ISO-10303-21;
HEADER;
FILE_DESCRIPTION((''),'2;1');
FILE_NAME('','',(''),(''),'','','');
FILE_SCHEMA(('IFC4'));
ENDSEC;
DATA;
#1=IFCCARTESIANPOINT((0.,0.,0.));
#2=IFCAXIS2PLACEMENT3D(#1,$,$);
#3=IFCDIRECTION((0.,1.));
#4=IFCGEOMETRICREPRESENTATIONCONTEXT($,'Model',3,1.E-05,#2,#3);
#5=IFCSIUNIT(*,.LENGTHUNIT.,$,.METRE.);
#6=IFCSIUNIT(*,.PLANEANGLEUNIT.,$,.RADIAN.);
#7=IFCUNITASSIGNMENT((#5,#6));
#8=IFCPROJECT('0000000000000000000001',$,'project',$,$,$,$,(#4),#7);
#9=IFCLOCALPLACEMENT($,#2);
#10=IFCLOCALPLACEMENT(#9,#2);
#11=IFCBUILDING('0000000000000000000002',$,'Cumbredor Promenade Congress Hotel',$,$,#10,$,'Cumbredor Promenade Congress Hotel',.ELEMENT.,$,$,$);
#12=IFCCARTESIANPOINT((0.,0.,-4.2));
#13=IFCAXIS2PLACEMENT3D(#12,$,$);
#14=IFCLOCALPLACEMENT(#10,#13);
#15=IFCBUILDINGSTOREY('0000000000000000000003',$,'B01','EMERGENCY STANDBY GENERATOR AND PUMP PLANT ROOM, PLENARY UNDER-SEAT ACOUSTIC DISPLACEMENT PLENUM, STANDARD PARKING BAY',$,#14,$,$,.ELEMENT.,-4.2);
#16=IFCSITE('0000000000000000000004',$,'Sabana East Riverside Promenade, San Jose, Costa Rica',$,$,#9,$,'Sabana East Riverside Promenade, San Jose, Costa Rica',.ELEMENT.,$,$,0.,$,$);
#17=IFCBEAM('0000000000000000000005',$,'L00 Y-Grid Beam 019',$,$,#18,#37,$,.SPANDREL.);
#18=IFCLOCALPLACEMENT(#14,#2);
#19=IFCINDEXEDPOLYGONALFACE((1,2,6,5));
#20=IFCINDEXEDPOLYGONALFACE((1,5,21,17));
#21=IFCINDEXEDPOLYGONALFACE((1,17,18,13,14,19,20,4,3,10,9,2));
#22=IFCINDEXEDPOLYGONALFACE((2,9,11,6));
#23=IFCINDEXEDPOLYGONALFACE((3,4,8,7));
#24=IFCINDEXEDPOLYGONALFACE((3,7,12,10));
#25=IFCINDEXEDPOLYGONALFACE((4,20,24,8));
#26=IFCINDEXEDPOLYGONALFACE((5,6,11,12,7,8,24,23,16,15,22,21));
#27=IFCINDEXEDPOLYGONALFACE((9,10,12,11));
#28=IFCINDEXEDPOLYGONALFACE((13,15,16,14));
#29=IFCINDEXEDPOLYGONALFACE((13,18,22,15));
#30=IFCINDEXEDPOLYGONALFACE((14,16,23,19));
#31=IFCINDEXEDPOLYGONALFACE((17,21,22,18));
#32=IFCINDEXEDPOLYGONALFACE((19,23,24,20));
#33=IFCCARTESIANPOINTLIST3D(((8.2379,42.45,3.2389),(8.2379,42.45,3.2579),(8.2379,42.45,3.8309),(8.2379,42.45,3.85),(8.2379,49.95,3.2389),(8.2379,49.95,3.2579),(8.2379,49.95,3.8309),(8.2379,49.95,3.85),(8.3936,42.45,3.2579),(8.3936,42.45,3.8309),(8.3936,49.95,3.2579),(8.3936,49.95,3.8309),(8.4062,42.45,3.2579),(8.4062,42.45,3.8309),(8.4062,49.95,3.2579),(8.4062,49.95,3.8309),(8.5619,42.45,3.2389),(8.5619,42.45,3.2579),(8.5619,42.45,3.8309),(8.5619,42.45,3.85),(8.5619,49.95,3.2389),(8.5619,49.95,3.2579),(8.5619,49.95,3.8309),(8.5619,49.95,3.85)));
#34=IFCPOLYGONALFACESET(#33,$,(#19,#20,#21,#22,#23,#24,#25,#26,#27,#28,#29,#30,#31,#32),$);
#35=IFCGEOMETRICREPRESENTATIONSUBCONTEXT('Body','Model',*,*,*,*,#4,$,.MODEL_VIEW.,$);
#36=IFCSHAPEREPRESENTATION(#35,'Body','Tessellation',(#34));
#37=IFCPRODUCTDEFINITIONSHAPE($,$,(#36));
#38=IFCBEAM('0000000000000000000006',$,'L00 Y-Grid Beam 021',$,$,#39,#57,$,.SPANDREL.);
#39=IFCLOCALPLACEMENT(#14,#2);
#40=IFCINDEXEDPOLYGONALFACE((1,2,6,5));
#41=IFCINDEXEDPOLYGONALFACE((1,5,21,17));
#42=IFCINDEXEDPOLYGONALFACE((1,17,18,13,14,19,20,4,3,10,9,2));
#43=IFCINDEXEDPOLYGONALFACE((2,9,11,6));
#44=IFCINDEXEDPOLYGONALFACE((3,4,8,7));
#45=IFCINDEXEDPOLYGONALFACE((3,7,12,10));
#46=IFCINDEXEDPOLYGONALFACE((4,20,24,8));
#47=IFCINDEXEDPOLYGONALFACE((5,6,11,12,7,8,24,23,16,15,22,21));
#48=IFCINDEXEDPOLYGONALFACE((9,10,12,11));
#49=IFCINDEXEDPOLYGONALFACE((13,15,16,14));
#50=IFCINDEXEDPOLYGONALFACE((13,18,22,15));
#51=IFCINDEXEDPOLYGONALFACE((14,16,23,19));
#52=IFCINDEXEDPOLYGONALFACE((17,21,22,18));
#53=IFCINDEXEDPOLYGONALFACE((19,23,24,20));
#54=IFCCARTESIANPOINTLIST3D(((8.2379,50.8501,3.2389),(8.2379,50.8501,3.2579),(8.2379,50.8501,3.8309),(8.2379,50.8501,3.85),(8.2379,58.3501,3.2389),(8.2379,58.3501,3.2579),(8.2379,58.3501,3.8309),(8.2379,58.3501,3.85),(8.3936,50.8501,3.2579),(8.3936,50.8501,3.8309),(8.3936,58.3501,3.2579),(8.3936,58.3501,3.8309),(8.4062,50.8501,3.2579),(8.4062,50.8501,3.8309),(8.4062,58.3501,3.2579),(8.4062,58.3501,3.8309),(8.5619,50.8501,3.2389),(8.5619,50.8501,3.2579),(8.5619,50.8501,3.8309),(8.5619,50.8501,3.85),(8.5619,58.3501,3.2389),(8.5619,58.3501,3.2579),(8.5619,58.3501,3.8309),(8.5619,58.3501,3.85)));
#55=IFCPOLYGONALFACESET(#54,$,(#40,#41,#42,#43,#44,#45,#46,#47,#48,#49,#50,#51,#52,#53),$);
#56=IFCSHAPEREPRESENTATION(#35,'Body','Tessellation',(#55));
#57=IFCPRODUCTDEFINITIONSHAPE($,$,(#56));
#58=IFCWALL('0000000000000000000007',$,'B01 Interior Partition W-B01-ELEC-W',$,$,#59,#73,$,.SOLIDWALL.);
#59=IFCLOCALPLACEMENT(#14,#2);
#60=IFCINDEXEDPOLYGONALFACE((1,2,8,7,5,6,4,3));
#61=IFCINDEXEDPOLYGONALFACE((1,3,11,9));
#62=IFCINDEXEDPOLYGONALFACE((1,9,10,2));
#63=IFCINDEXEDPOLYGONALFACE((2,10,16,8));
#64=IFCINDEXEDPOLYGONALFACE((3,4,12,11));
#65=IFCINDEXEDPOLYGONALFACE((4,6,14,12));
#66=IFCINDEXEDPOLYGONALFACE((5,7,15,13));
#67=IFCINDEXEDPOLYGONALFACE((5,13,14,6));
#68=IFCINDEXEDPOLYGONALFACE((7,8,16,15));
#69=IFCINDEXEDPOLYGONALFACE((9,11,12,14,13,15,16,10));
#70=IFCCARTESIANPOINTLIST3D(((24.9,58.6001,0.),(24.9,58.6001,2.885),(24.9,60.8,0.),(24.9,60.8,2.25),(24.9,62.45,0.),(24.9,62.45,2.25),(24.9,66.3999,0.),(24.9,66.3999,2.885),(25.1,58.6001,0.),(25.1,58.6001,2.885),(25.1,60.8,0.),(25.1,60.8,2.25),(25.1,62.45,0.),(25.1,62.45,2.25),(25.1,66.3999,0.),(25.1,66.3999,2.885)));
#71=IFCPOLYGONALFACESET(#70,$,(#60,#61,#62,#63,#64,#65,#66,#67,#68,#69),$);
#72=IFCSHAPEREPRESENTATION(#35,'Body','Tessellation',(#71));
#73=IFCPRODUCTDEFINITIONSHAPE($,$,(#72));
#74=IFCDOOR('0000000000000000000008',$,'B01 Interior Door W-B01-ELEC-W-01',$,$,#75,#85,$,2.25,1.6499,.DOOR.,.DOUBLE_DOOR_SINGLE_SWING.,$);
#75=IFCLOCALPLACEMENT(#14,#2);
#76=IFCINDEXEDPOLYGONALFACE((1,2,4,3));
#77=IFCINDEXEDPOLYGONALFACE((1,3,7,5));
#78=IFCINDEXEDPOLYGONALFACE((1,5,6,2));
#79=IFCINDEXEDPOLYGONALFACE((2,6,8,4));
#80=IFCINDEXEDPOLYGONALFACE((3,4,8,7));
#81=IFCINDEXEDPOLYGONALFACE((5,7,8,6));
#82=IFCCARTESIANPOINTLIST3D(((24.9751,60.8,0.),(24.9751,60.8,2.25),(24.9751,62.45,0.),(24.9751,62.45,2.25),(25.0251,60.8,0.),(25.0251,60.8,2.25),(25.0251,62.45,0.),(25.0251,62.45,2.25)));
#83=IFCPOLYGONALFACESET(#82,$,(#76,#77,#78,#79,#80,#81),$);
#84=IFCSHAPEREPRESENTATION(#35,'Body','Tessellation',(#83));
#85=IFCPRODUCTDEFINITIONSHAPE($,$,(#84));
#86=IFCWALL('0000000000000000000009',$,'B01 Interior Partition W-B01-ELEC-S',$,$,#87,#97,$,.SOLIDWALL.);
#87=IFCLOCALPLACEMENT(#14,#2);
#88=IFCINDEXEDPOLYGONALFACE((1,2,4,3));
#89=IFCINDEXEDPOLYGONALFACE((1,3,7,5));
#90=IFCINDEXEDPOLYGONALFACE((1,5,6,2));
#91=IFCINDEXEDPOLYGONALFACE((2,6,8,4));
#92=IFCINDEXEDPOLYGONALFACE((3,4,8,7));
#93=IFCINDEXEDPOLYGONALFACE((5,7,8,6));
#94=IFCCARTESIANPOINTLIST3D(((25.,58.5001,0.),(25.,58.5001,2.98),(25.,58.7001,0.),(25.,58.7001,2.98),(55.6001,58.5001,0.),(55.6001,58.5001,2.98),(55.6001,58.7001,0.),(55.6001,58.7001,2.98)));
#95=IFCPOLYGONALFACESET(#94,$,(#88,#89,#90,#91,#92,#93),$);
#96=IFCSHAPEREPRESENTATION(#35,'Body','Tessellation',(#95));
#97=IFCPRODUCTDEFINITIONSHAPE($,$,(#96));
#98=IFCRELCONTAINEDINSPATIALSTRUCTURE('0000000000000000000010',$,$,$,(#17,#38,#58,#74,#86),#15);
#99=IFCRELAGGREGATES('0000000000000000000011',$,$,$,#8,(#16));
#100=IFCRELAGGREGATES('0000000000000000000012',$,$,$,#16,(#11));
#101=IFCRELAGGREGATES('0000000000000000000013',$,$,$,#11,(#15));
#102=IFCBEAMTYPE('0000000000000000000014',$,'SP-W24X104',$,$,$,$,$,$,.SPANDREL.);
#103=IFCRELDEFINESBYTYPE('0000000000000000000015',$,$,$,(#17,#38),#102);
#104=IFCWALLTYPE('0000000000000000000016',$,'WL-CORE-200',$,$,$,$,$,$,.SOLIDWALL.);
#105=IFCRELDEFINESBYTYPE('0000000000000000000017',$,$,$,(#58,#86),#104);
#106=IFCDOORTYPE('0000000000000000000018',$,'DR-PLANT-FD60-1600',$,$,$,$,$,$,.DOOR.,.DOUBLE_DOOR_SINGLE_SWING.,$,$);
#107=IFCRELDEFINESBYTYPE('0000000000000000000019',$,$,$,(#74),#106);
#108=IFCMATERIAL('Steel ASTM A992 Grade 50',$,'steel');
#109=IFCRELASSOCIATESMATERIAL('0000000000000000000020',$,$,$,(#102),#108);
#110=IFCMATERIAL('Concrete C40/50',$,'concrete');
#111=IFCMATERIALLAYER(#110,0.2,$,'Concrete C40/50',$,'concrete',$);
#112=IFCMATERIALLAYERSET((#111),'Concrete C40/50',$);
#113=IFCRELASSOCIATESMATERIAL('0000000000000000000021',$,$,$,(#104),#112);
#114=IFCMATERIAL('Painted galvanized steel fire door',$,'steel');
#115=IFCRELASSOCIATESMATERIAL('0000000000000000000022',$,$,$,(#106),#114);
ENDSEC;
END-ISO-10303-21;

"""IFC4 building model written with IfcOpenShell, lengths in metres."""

from ifc_helpers import new_model, si_unit, direction, frame, frame_2d, origin, origin_2d, place, context, subcontext, project, spatial, rectangle, i_section, extrude, material, layer, layer_set, material_profile, profile_set, type_object, element, fill, save


model = new_model("IFC4")

# Units and contexts
model_context = context("Model", 3, precision=1e-05, world=origin(), true_north=direction((0.0, 1.0)))
body_context = subcontext(model_context, "Body", "Model", "MODEL_VIEW")
ifc_project = project(units=[si_unit("LENGTHUNIT", "METRE"), si_unit("PLANEANGLEUNIT", "RADIAN")], contexts=[model_context])

# Site, building, storey
site_placement = place(None, origin())
site = spatial("IfcSite", under=ifc_project, at=site_placement, Name="Sabana East Riverside Promenade, San Jose, Costa Rica", LongName="Sabana East Riverside Promenade, San Jose, Costa Rica", CompositionType="ELEMENT", RefElevation=0.0)
building_placement = place(site_placement, origin())
building = spatial("IfcBuilding", under=site, at=building_placement, Name="Cumbredor Promenade Congress Hotel", LongName="Cumbredor Promenade Congress Hotel", CompositionType="ELEMENT")
storey_placement = place(building_placement, frame((0.0, 0.0, -4.2)))
storey = spatial("IfcBuildingStorey", under=building, at=storey_placement, Name="B01", Description="EMERGENCY STANDBY GENERATOR AND PUMP PLANT ROOM, PLENARY UNDER-SEAT ACOUSTIC DISPLACEMENT PLENUM, STANDARD PARKING BAY", CompositionType="ELEMENT", Elevation=-4.2)

# Shared definitions
ifc_material_1 = material(Name="Concrete C40/50", Category="concrete")

# Beams
ifc_material_2 = material(Name="Steel ASTM A992 Grade 50", Category="steel")
ifc_material_profile_1 = material_profile(ifc_material_2, i_section(OverallWidth=0.324, OverallDepth=0.6111, WebThickness=0.0127, FlangeThickness=0.019, at=origin_2d()), Name="W24X104")
ifc_profile_set_1 = profile_set([ifc_material_profile_1], Name="Steel ASTM A992 Grade 50")
beam_type_1 = type_object("IfcBeamType", Name="SP-W24X104", PredefinedType="SPANDREL", material=ifc_profile_set_1)
for number, where, z_axis, x_axis, name in (
    (1, (8.3999, 42.45, 3.5444), (0.0, 1.0, 0.0), (-1.0, 0.0, 0.0), "L00 Y-Grid Beam 019"),
    (2, (8.3999, 50.8501, 3.5444), (0.0, 1.0, 0.0), (-1.0, 0.0, 0.0), "L00 Y-Grid Beam 021"),
):
    element("IfcBeam", number, at=place(storey_placement, frame(where, z_axis=z_axis, x_axis=x_axis)), inside=storey, type_object=beam_type_1, Name=name, PredefinedType="SPANDREL", context=body_context, shape_type="SweptSolid", body=[
        extrude(i_section(OverallWidth=0.324, OverallDepth=0.6111, WebThickness=0.0127, FlangeThickness=0.019, at=origin_2d()), origin(), (0.0, 0.0, 1.0), 7.5),
    ])

# Wall, opening, door
ifc_layer = layer(ifc_material_1, 0.2, Name="Concrete C40/50", Category="concrete")
ifc_layer_set = layer_set([ifc_layer], Name="Concrete C40/50")
wall_type = type_object("IfcWallType", Name="WL-CORE-200", PredefinedType="SOLIDWALL", material=ifc_layer_set)
wall_1_placement = place(storey_placement, frame((25.0, 58.6001, 0.0), z_axis=(0.0, 0.0, 1.0), x_axis=(0.0, 1.0, 0.0)))
wall_1 = element("IfcWall", 3, at=wall_1_placement, inside=storey, type_object=wall_type, Name="B01 Interior Partition W-B01-ELEC-W", PredefinedType="SOLIDWALL", context=body_context, shape_type="SweptSolid", body=[
    extrude(rectangle(XDim=7.7998, YDim=0.2, at=frame_2d((3.8999, 0.0))), origin(), (0.0, 0.0, 1.0), 2.885),
])
opening_placement = place(wall_1_placement, frame((2.2, 0.0, 0.0)))
opening = element("IfcOpeningElement", 4, at=opening_placement, cuts=wall_1, PredefinedType="OPENING", context=body_context, shape_type="SweptSolid", body=[
    extrude(rectangle(XDim=1.6499, YDim=2.25, at=frame_2d((0.825, 1.125))), frame((0.0, 0.1099, 0.0), z_axis=(0.0, -1.0, 0.0), x_axis=(1.0, 0.0, 0.0)), (0.0, 0.0, 1.0), 0.22),
])
ifc_material_3 = material(Name="Painted galvanized steel fire door", Category="steel")
door_type = type_object("IfcDoorType", Name="DR-PLANT-FD60-1600", OperationType="DOUBLE_DOOR_SINGLE_SWING", PredefinedType="DOOR", material=ifc_material_3)
door_placement = place(opening_placement, origin())
door = element("IfcDoor", 5, at=door_placement, inside=storey, type_object=door_type, Name="B01 Interior Door W-B01-ELEC-W-01", OperationType="DOUBLE_DOOR_SINGLE_SWING", OverallHeight=2.25, OverallWidth=1.6499, PredefinedType="DOOR", context=body_context, shape_type="SweptSolid", body=[
    extrude(rectangle(XDim=1.6499, YDim=2.25, at=frame_2d((0.825, 1.125))), frame((0.0, 0.0249, 0.0), z_axis=(0.0, -1.0, 0.0), x_axis=(1.0, 0.0, 0.0)), (0.0, 0.0, 1.0), 0.05),
])
fill(opening, door)

# Wall
wall_2_placement = place(storey_placement, frame((25.0, 58.6001, 0.0), z_axis=(0.0, 0.0, 1.0), x_axis=(1.0, 0.0, 0.0)))
element("IfcWall", 6, at=wall_2_placement, inside=storey, type_object=wall_type, Name="B01 Interior Partition W-B01-ELEC-S", PredefinedType="SOLIDWALL", context=body_context, shape_type="SweptSolid", body=[
    extrude(rectangle(XDim=30.6001, YDim=0.2, at=frame_2d((15.3, 0.0))), origin(), (0.0, 0.0, 1.0), 2.98),
])

save(model, "model.ifc")
